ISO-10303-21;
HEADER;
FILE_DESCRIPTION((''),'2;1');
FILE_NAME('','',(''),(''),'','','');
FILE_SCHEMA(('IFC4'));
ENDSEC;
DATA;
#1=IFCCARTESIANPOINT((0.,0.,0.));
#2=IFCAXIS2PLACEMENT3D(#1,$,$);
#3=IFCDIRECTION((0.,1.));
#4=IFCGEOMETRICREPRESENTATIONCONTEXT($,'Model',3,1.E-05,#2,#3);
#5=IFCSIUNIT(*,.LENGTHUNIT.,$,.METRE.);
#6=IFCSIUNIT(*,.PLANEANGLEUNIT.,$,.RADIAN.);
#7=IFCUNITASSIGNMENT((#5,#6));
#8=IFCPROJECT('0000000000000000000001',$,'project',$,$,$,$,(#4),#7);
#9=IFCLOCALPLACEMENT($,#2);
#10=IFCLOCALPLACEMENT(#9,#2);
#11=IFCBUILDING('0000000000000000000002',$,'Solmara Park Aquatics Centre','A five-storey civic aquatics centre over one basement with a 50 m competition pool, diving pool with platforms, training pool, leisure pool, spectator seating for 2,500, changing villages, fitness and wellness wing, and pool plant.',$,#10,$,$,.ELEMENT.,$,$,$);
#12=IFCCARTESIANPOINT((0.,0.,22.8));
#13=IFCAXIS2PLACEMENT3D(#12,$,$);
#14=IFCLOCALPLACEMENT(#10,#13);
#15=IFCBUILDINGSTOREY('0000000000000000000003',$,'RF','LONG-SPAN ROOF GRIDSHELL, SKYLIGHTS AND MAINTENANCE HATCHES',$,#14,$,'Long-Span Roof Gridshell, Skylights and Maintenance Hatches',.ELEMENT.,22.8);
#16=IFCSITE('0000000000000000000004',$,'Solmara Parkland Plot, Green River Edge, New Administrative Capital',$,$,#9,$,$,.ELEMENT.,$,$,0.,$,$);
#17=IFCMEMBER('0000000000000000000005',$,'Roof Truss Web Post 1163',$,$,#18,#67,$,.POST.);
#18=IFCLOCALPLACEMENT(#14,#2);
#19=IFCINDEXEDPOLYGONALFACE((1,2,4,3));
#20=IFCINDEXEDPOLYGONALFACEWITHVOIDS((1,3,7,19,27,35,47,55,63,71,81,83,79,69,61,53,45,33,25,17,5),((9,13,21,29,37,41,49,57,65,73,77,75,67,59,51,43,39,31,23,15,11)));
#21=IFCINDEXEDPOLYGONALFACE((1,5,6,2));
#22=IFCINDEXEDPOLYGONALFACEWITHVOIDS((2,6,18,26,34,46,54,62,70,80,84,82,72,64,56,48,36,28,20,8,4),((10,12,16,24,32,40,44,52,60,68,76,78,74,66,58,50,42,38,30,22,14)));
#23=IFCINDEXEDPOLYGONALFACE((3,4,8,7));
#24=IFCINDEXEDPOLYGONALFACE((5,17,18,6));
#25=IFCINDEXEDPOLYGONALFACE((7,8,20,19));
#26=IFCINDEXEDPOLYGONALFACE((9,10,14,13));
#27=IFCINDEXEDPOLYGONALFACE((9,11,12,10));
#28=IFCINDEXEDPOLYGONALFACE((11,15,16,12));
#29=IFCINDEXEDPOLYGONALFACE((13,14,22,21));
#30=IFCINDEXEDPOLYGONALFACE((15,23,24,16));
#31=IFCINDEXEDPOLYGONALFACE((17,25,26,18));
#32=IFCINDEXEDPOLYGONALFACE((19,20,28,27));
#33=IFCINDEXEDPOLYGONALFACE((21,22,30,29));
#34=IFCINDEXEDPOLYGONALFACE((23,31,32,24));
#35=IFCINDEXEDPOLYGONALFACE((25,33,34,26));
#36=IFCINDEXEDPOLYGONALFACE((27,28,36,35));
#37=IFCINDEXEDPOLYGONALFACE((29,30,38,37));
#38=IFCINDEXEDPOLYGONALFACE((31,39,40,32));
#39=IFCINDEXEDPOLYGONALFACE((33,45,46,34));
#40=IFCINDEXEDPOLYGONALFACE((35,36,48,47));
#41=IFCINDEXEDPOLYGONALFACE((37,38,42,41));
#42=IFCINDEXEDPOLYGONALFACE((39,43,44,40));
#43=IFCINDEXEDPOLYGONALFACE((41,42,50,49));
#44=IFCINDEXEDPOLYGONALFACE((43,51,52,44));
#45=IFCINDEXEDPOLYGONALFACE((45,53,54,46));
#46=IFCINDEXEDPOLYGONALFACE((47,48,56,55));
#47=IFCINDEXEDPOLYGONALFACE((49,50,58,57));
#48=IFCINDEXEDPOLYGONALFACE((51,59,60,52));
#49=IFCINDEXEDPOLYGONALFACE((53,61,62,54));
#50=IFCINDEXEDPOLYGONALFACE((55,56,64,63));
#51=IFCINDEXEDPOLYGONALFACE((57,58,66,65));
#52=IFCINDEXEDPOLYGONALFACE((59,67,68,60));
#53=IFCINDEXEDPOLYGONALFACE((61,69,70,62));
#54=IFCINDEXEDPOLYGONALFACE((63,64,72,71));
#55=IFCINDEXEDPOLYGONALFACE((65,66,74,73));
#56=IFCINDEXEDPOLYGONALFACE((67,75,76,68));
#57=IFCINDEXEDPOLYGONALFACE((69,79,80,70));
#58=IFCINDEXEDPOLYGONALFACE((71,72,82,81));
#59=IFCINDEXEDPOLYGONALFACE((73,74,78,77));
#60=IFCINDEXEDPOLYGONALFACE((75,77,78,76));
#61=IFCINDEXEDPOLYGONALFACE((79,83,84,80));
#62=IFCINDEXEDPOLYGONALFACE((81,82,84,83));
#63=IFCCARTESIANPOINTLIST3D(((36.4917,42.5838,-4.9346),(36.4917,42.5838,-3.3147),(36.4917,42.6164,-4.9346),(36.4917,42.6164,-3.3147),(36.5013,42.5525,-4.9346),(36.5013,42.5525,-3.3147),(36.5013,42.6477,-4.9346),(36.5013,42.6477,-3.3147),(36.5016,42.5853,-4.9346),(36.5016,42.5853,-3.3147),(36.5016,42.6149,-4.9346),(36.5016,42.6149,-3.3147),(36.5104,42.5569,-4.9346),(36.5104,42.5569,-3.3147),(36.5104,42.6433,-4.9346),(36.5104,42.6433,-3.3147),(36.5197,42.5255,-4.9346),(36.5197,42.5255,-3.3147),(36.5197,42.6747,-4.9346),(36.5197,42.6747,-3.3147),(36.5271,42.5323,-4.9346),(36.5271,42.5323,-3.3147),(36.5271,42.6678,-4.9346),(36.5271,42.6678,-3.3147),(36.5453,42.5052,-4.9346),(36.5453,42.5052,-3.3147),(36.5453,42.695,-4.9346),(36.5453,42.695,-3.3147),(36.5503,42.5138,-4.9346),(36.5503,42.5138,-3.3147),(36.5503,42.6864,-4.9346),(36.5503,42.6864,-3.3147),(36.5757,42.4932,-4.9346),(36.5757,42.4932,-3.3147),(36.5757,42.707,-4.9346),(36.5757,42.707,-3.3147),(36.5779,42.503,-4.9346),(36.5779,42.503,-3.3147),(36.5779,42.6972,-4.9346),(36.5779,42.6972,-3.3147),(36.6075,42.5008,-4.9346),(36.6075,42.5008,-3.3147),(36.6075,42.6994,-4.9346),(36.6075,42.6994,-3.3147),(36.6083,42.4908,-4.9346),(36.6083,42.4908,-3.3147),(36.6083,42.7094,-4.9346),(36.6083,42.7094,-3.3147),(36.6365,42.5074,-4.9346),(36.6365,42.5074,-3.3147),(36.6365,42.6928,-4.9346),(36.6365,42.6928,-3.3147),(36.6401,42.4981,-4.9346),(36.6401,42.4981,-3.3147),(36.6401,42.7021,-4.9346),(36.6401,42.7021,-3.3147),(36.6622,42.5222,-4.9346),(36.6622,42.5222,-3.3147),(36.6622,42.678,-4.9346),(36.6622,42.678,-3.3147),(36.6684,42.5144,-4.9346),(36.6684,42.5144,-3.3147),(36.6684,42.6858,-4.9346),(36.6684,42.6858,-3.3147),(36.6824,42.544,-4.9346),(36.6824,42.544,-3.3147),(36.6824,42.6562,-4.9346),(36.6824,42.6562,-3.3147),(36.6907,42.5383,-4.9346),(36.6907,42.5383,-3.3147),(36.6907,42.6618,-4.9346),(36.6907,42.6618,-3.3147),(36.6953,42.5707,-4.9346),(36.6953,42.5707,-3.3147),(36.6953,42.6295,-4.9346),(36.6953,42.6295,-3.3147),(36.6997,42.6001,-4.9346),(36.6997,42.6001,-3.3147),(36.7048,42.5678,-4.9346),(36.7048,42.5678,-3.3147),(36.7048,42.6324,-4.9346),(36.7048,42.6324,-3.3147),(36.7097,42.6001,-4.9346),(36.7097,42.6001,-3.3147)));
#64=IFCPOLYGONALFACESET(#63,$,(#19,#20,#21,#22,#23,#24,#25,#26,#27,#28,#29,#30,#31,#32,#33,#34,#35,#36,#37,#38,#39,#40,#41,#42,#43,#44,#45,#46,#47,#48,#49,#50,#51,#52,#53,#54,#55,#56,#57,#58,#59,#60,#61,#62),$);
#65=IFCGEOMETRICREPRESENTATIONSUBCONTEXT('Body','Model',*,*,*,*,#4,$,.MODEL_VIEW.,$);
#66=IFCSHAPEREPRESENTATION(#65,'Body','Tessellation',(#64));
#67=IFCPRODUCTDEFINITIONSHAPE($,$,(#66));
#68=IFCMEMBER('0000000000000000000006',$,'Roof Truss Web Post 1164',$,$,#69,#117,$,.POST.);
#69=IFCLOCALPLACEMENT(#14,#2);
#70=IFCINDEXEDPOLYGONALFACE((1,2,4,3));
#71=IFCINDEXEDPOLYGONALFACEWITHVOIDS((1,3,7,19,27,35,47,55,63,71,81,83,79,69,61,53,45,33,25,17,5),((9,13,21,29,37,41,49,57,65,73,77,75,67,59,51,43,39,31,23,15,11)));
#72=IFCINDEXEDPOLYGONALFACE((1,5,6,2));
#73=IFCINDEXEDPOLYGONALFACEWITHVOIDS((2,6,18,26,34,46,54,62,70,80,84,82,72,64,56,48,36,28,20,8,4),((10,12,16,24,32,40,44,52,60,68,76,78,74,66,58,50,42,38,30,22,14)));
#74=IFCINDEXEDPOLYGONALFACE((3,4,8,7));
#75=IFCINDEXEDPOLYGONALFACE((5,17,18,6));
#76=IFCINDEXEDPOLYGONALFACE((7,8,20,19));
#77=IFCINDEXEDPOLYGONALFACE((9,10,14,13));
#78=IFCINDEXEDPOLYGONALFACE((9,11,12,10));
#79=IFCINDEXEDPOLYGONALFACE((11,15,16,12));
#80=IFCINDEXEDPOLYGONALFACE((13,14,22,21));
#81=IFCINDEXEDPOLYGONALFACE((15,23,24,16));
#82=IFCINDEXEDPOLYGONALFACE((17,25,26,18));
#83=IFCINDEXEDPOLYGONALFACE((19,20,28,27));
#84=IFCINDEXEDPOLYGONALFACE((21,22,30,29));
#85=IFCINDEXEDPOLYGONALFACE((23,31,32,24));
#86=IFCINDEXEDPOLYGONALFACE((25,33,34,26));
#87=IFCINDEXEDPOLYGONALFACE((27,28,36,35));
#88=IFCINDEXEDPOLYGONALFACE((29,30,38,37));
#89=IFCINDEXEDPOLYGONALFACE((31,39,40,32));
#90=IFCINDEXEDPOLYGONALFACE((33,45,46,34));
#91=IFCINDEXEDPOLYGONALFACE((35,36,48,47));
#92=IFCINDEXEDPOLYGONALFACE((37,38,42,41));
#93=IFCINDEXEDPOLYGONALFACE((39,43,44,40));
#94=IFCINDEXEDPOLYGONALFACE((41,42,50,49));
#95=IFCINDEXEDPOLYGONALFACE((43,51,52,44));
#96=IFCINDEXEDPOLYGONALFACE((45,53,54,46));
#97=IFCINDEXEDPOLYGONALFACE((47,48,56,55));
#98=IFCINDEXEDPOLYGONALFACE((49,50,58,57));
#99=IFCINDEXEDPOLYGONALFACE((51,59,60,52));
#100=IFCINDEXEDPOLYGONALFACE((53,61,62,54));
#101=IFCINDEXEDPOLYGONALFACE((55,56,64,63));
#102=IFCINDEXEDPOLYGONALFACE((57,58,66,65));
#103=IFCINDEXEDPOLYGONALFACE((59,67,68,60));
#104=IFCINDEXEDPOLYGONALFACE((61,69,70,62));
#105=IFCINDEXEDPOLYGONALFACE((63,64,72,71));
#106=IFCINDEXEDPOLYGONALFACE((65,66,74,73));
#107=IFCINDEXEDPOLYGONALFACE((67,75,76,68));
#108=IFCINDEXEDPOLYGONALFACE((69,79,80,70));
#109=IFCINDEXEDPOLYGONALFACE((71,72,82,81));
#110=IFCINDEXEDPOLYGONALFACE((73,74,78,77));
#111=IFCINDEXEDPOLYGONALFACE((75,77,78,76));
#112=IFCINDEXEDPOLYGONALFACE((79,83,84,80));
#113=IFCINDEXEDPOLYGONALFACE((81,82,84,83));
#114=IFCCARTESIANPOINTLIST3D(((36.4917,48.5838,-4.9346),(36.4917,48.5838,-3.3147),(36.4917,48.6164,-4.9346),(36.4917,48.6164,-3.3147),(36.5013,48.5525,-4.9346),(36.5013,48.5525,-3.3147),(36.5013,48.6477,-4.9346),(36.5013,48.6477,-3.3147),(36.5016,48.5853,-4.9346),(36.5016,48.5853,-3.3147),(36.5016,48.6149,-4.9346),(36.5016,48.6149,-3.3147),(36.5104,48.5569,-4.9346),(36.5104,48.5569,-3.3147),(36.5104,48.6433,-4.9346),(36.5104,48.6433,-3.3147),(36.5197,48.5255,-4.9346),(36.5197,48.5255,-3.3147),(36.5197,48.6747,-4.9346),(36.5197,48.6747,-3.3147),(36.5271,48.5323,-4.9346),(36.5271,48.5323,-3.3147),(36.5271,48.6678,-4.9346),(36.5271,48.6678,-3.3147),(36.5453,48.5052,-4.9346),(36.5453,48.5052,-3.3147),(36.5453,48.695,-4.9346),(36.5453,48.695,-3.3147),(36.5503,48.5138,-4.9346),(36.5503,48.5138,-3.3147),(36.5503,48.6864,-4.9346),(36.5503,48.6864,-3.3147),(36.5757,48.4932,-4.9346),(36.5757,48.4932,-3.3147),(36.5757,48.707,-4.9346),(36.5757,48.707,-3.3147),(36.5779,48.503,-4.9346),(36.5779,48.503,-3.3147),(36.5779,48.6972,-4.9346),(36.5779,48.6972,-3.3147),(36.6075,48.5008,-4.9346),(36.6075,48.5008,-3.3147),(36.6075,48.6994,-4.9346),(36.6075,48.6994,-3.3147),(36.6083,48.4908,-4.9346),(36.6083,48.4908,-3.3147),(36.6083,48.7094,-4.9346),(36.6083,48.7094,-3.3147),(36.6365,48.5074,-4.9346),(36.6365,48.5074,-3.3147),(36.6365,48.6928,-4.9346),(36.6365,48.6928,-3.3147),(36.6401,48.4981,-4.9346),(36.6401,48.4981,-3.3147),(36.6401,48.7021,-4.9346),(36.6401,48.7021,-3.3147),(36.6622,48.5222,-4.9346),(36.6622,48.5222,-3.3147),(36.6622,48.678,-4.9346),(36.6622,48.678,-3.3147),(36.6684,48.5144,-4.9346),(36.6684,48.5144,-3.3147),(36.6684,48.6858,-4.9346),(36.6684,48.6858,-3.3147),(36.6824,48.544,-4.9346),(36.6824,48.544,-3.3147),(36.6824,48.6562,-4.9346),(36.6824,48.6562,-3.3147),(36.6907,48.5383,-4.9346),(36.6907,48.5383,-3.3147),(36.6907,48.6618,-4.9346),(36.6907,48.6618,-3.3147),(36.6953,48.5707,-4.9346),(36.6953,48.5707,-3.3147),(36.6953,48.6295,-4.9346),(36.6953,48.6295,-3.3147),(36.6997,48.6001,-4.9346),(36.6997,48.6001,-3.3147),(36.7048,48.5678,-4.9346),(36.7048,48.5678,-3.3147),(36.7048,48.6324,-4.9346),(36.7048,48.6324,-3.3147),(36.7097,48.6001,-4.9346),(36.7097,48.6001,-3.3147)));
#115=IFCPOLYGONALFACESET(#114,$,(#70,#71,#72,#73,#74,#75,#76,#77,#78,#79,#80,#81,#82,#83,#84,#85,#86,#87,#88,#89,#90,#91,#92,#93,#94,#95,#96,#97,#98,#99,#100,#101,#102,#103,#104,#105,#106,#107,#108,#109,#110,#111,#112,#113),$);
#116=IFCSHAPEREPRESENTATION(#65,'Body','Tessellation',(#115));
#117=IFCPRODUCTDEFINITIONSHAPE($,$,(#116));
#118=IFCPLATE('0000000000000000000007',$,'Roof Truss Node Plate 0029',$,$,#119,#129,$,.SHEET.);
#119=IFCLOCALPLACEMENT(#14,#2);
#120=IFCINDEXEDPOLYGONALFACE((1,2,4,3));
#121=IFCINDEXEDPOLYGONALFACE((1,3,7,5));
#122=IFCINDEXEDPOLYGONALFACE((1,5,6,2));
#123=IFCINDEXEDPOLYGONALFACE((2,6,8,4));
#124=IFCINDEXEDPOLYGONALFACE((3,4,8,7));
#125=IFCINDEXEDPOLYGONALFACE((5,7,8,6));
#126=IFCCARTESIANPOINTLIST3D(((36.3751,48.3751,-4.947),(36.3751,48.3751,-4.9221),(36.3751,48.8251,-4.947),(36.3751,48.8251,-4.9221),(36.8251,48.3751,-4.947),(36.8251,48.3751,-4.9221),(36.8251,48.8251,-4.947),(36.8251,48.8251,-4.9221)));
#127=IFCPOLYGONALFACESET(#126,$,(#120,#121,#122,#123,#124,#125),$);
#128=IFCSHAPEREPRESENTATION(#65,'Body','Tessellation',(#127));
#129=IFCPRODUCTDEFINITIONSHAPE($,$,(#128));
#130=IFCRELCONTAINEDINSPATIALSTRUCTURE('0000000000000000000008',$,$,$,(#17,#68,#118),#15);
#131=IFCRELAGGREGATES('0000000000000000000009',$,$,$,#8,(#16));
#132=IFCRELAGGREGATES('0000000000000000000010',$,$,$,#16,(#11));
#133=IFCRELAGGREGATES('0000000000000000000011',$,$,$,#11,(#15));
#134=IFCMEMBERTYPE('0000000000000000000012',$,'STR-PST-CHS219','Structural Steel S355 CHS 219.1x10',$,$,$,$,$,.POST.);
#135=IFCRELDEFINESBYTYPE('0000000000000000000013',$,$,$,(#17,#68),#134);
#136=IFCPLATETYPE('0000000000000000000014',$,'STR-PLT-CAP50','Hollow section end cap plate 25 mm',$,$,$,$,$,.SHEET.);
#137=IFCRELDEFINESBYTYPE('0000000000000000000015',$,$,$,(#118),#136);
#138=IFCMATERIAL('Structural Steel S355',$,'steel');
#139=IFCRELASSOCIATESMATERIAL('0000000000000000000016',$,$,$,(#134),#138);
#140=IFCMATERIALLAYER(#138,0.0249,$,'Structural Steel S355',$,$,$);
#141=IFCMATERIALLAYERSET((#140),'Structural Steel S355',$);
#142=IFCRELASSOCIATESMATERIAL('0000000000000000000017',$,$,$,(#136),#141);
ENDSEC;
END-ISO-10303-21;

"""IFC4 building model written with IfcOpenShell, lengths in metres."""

from ifc_helpers import new_model, si_unit, direction, frame, origin, origin_2d, place, context, subcontext, project, spatial, rectangle, hollow_circle, extrude, material, layer, layer_set, material_profile, profile_set, type_object, element, save


model = new_model("IFC4")

# Units and contexts
model_context = context("Model", 3, precision=1e-05, world=origin(), true_north=direction((0.0, 1.0)))
body_context = subcontext(model_context, "Body", "Model", "MODEL_VIEW")
ifc_project = project(units=[si_unit("LENGTHUNIT", "METRE"), si_unit("PLANEANGLEUNIT", "RADIAN")], contexts=[model_context])

# Site, building, storey
site_placement = place(None, origin())
site = spatial("IfcSite", under=ifc_project, at=site_placement, Name="Solmara Parkland Plot, Green River Edge, New Administrative Capital", CompositionType="ELEMENT", RefElevation=0.0)
building_placement = place(site_placement, origin())
building = spatial("IfcBuilding", under=site, at=building_placement, Name="Solmara Park Aquatics Centre", Description="A five-storey civic aquatics centre over one basement with a 50 m competition pool, diving pool with platforms, training pool, leisure pool, spectator seating for 2,500, changing villages, fitness and wellness wing, and pool plant.", CompositionType="ELEMENT")
storey_placement = place(building_placement, frame((0.0, 0.0, 22.8)))
storey = spatial("IfcBuildingStorey", under=building, at=storey_placement, Name="RF", Description="LONG-SPAN ROOF GRIDSHELL, SKYLIGHTS AND MAINTENANCE HATCHES", LongName="Long-Span Roof Gridshell, Skylights and Maintenance Hatches", CompositionType="ELEMENT", Elevation=22.8)

# Members
ifc_material_1 = material(Name="Structural Steel S355", Category="steel")
ifc_material_profile_1 = material_profile(ifc_material_1, hollow_circle(Radius=0.1096, WallThickness=0.01, at=origin_2d()), Name="CHS 219.1x10")
ifc_profile_set_1 = profile_set([ifc_material_profile_1], Name="Structural Steel S355")
member_type_1 = type_object("IfcMemberType", Name="STR-PST-CHS219", Description="Structural Steel S355 CHS 219.1x10", PredefinedType="POST", material=ifc_profile_set_1)
for number, where, z_axis, x_axis, name in (
    (1, (36.6001, 42.6001, -4.9346), (0.0, 0.0, 1.0), (1.0, 0.0, 0.0), "Roof Truss Web Post 1163"),
    (2, (36.6001, 48.6001, -4.9346), (0.0, 0.0, 1.0), (1.0, 0.0, 0.0), "Roof Truss Web Post 1164"),
):
    element("IfcMember", number, at=place(storey_placement, frame(where, z_axis=z_axis, x_axis=x_axis)), inside=storey, type_object=member_type_1, Name=name, PredefinedType="POST", context=body_context, shape_type="SweptSolid", body=[
        extrude(hollow_circle(Radius=0.1096, WallThickness=0.01, at=origin_2d()), origin(), (0.0, 0.0, 1.0), 1.6199),
    ])

# Plate
ifc_layer = layer(ifc_material_1, 0.0249, Name="Structural Steel S355")
ifc_layer_set = layer_set([ifc_layer], Name="Structural Steel S355")
plate_type = type_object("IfcPlateType", Name="STR-PLT-CAP50", Description="Hollow section end cap plate 25 mm", PredefinedType="SHEET", material=ifc_layer_set)
plate_placement = place(storey_placement, frame((36.6001, 48.6001, -4.947), z_axis=(0.0, 0.0, 1.0), x_axis=(1.0, 0.0, 0.0)))
element("IfcPlate", 3, at=plate_placement, inside=storey, type_object=plate_type, Name="Roof Truss Node Plate 0029", PredefinedType="SHEET", context=body_context, shape_type="SweptSolid", body=[
    extrude(rectangle(XDim=0.45, YDim=0.45, at=origin_2d()), origin(), (0.0, 0.0, 1.0), 0.0249),
])

save(model, "model.ifc")
